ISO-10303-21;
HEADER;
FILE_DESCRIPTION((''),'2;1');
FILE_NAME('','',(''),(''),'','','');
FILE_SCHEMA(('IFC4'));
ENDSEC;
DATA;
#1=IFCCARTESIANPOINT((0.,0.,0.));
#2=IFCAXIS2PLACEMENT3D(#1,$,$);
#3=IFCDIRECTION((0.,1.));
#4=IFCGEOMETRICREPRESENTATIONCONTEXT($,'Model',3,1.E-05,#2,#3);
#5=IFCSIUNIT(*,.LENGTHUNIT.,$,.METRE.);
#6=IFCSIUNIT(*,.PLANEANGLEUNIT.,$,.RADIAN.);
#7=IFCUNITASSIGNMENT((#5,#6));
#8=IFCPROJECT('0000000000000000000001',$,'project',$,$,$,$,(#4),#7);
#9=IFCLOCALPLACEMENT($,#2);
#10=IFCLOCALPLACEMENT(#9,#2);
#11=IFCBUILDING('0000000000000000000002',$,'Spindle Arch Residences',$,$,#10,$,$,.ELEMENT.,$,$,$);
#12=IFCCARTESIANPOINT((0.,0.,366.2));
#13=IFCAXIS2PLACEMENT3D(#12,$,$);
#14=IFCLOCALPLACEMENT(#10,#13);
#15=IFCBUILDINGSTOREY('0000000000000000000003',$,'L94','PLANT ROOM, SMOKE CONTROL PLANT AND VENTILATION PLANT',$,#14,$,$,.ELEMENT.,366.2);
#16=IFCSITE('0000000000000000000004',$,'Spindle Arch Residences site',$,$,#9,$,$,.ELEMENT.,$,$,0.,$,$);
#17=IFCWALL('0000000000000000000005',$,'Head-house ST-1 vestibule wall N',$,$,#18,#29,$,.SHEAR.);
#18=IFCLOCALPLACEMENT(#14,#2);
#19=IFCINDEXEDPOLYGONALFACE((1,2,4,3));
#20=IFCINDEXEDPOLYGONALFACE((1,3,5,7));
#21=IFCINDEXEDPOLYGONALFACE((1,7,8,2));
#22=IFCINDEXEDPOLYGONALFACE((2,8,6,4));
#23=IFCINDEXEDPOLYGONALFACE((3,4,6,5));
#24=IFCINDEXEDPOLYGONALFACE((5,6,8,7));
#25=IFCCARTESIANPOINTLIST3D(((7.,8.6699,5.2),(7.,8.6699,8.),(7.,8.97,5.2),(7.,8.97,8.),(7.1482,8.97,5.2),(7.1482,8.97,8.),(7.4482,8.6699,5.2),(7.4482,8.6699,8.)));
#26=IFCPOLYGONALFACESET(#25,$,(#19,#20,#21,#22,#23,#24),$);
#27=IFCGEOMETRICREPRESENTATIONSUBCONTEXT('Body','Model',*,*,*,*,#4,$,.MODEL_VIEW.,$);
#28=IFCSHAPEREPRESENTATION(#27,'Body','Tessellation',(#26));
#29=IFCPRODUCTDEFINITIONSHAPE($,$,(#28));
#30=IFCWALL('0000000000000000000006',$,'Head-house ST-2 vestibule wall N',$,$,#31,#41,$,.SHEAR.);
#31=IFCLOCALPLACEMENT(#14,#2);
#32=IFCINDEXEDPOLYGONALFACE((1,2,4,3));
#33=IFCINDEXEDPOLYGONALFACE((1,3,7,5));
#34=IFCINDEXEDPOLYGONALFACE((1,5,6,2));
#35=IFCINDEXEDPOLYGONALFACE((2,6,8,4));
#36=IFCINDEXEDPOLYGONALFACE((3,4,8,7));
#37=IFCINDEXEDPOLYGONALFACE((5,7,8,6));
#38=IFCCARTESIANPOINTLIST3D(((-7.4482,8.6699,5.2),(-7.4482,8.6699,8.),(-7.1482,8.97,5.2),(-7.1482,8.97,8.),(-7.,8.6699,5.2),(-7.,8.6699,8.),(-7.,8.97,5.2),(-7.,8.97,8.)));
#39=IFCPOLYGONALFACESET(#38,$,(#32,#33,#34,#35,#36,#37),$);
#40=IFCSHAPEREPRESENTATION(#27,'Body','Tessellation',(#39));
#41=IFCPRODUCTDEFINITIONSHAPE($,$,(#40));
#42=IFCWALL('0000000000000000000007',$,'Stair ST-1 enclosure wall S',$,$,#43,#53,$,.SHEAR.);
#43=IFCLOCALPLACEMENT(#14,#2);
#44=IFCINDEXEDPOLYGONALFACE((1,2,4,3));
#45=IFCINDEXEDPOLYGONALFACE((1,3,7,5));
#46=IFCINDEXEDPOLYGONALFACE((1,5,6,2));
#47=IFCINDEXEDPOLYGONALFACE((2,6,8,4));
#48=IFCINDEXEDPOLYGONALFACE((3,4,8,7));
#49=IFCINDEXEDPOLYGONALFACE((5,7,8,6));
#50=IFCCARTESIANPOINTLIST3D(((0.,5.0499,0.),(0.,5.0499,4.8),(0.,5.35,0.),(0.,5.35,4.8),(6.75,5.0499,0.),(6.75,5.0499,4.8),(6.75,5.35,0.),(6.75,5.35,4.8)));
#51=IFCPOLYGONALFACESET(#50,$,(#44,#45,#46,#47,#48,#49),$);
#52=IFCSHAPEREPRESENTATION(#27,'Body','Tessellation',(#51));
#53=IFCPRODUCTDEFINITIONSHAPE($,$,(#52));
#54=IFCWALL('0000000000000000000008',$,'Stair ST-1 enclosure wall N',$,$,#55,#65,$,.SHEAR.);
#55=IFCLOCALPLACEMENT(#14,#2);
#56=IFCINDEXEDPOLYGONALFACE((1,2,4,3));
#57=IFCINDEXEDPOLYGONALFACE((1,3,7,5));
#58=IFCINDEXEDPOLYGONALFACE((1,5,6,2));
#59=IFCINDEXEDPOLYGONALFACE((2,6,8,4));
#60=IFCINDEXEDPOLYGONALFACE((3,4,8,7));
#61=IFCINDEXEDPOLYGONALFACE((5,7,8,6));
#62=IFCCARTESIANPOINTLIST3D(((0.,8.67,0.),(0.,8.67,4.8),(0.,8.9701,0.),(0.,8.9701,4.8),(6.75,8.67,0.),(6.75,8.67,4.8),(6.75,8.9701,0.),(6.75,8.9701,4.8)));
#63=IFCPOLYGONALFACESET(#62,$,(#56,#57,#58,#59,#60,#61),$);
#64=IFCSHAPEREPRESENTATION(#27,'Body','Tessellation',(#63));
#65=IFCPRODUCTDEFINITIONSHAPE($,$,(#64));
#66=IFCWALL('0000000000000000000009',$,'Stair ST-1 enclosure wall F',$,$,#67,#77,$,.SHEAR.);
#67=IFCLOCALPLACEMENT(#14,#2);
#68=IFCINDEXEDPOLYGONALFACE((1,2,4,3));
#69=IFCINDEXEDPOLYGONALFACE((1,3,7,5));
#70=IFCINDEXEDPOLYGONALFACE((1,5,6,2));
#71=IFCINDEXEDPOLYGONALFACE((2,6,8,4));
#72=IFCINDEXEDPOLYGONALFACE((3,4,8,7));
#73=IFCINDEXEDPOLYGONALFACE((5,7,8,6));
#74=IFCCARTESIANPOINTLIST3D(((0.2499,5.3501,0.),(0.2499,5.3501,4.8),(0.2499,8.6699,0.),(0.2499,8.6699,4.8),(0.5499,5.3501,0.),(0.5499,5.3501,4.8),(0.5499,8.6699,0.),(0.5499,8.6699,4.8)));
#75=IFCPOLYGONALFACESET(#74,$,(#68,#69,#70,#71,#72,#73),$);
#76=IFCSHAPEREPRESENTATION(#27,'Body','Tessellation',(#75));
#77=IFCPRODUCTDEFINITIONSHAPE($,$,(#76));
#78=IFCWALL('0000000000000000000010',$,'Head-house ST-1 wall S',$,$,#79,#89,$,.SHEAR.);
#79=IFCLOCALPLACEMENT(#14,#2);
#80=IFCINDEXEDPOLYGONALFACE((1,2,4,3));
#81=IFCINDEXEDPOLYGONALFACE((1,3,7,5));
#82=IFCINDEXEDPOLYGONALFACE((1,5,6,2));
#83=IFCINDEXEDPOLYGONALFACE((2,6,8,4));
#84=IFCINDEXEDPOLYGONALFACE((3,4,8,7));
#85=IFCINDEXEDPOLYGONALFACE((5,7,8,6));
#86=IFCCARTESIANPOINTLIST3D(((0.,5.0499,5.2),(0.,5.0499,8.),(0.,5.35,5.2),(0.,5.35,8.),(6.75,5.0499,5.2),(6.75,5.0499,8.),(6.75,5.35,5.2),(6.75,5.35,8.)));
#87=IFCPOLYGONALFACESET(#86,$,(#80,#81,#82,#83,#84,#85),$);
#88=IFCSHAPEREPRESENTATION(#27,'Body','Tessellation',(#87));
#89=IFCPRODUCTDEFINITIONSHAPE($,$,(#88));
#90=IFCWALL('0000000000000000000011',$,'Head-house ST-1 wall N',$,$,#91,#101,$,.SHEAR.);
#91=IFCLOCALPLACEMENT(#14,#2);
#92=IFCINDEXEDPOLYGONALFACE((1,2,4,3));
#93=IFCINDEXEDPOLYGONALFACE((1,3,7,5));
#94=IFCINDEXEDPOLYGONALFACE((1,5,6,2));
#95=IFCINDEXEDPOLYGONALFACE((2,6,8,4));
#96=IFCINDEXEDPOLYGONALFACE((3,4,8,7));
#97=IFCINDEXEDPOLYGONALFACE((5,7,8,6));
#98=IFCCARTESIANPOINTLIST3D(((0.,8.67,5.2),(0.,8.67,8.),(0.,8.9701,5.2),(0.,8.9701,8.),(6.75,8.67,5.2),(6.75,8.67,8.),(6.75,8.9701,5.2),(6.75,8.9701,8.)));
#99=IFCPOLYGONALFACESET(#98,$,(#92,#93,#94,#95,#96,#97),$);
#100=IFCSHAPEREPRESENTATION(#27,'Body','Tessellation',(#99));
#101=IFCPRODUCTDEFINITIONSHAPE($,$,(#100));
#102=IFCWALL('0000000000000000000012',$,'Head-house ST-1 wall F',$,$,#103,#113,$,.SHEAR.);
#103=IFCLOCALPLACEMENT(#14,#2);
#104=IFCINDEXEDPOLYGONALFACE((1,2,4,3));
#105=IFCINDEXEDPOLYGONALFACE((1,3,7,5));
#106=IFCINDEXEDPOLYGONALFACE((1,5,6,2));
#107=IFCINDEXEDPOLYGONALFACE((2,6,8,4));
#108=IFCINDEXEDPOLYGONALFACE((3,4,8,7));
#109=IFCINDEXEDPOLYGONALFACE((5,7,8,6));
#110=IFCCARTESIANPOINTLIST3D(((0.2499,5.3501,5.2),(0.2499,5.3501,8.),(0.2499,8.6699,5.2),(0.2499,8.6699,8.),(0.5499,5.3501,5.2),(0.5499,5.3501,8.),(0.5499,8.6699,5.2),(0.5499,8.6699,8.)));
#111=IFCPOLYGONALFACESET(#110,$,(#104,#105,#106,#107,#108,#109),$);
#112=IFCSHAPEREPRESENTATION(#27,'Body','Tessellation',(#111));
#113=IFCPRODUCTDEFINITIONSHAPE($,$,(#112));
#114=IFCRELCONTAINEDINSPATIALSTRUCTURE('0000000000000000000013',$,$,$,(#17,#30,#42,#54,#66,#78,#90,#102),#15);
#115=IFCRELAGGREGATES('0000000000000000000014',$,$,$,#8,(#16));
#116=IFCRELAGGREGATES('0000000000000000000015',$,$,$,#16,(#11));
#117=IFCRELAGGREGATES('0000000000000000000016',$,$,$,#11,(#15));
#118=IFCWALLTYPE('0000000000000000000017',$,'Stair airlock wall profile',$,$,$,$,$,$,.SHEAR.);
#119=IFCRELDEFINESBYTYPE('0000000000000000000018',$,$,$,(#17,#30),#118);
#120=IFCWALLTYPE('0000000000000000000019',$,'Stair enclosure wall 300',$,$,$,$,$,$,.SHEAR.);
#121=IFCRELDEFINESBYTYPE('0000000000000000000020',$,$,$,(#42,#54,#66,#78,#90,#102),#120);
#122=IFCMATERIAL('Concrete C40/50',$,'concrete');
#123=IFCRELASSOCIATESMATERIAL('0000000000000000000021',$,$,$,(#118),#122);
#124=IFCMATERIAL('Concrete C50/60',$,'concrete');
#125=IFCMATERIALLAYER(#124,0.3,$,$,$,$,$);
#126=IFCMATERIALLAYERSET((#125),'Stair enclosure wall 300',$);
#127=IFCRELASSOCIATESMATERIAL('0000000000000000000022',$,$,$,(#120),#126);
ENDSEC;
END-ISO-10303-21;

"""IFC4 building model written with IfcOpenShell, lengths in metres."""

from ifc_helpers import new_model, si_unit, direction, frame, frame_2d, origin, place, context, subcontext, project, spatial, polyline, rectangle, outline, extrude, material, layer, layer_set, type_object, element, save


model = new_model("IFC4")

# Units and contexts
model_context = context("Model", 3, precision=1e-05, world=origin(), true_north=direction((0.0, 1.0)))
body_context = subcontext(model_context, "Body", "Model", "MODEL_VIEW")
ifc_project = project(units=[si_unit("LENGTHUNIT", "METRE"), si_unit("PLANEANGLEUNIT", "RADIAN")], contexts=[model_context])

# Site, building, storey
site_placement = place(None, origin())
site = spatial("IfcSite", under=ifc_project, at=site_placement, Name="Spindle Arch Residences site", CompositionType="ELEMENT", RefElevation=0.0)
building_placement = place(site_placement, origin())
building = spatial("IfcBuilding", under=site, at=building_placement, Name="Spindle Arch Residences", CompositionType="ELEMENT")
storey_placement = place(building_placement, frame((0.0, 0.0, 366.2)))
storey = spatial("IfcBuildingStorey", under=building, at=storey_placement, Name="L94", Description="PLANT ROOM, SMOKE CONTROL PLANT AND VENTILATION PLANT", CompositionType="ELEMENT", Elevation=366.2)

# Walls
ifc_material_1 = material(Name="Concrete C40/50", Category="concrete")
wall_type_1 = type_object("IfcWallType", Name="Stair airlock wall profile", PredefinedType="SHEAR", material=ifc_material_1)
wall_1_placement = place(storey_placement, frame((0.0, 0.0, 5.2)))
element("IfcWall", 1, at=wall_1_placement, inside=storey, type_object=wall_type_1, Name="Head-house ST-1 vestibule wall N", PredefinedType="SHEAR", context=body_context, shape_type="SweptSolid", body=[
    extrude(outline(polyline([(7.4482, 8.6699), (7.0, 8.6699), (7.0, 8.97), (7.1482, 8.97), (7.4482, 8.6699)])), origin(), (0.0, 0.0, 1.0), 2.8),
])
wall_2_placement = place(storey_placement, frame((0.0, 0.0, 5.2)))
element("IfcWall", 2, at=wall_2_placement, inside=storey, type_object=wall_type_1, Name="Head-house ST-2 vestibule wall N", PredefinedType="SHEAR", context=body_context, shape_type="SweptSolid", body=[
    extrude(outline(polyline([(-7.1482, 8.97), (-7.0, 8.97), (-7.0, 8.6699), (-7.4482, 8.6699), (-7.1482, 8.97)])), origin(), (0.0, 0.0, 1.0), 2.8),
])
ifc_material_2 = material(Name="Concrete C50/60", Category="concrete")
ifc_layer_1 = layer(ifc_material_2, 0.3)
ifc_layer_set_1 = layer_set([ifc_layer_1], Name="Stair enclosure wall 300")
wall_type_2 = type_object("IfcWallType", Name="Stair enclosure wall 300", PredefinedType="SHEAR", material=ifc_layer_set_1)
for number, where, z_axis, x_axis, name in (
    (3, (0.0, 5.2, 0.0), (0.0, 0.0, 1.0), (1.0, 0.0, 0.0), "Stair ST-1 enclosure wall S"),
    (4, (0.0, 8.8201, 0.0), (0.0, 0.0, 1.0), (1.0, 0.0, 0.0), "Stair ST-1 enclosure wall N"),
):
    element("IfcWall", number, at=place(storey_placement, frame(where, z_axis=z_axis, x_axis=x_axis)), inside=storey, type_object=wall_type_2, Name=name, PredefinedType="SHEAR", context=body_context, shape_type="SweptSolid", body=[
        extrude(rectangle(XDim=6.75, YDim=0.3, at=frame_2d((3.375, 0.0))), origin(), (0.0, 0.0, 1.0), 4.8),
    ])
wall_3_placement = place(storey_placement, frame((0.3999, 5.3501, 0.0), z_axis=(0.0, 0.0, 1.0), x_axis=(0.0, 1.0, 0.0)))
element("IfcWall", 5, at=wall_3_placement, inside=storey, type_object=wall_type_2, Name="Stair ST-1 enclosure wall F", PredefinedType="SHEAR", context=body_context, shape_type="SweptSolid", body=[
    extrude(rectangle(XDim=3.3198, YDim=0.3, at=frame_2d((1.6599, 0.0))), origin(), (0.0, 0.0, 1.0), 4.8),
])
for number, where, z_axis, x_axis, name in (
    (6, (0.0, 5.2, 5.2), (0.0, 0.0, 1.0), (1.0, 0.0, 0.0), "Head-house ST-1 wall S"),
    (7, (0.0, 8.8201, 5.2), (0.0, 0.0, 1.0), (1.0, 0.0, 0.0), "Head-house ST-1 wall N"),
):
    element("IfcWall", number, at=place(storey_placement, frame(where, z_axis=z_axis, x_axis=x_axis)), inside=storey, type_object=wall_type_2, Name=name, PredefinedType="SHEAR", context=body_context, shape_type="SweptSolid", body=[
        extrude(rectangle(XDim=6.75, YDim=0.3, at=frame_2d((3.375, 0.0))), origin(), (0.0, 0.0, 1.0), 2.8),
    ])
wall_4_placement = place(storey_placement, frame((0.3999, 5.3501, 5.2), z_axis=(0.0, 0.0, 1.0), x_axis=(0.0, 1.0, 0.0)))
element("IfcWall", 8, at=wall_4_placement, inside=storey, type_object=wall_type_2, Name="Head-house ST-1 wall F", PredefinedType="SHEAR", context=body_context, shape_type="SweptSolid", body=[
    extrude(rectangle(XDim=3.3198, YDim=0.3, at=frame_2d((1.6599, 0.0))), origin(), (0.0, 0.0, 1.0), 2.8),
])

save(model, "model.ifc")
